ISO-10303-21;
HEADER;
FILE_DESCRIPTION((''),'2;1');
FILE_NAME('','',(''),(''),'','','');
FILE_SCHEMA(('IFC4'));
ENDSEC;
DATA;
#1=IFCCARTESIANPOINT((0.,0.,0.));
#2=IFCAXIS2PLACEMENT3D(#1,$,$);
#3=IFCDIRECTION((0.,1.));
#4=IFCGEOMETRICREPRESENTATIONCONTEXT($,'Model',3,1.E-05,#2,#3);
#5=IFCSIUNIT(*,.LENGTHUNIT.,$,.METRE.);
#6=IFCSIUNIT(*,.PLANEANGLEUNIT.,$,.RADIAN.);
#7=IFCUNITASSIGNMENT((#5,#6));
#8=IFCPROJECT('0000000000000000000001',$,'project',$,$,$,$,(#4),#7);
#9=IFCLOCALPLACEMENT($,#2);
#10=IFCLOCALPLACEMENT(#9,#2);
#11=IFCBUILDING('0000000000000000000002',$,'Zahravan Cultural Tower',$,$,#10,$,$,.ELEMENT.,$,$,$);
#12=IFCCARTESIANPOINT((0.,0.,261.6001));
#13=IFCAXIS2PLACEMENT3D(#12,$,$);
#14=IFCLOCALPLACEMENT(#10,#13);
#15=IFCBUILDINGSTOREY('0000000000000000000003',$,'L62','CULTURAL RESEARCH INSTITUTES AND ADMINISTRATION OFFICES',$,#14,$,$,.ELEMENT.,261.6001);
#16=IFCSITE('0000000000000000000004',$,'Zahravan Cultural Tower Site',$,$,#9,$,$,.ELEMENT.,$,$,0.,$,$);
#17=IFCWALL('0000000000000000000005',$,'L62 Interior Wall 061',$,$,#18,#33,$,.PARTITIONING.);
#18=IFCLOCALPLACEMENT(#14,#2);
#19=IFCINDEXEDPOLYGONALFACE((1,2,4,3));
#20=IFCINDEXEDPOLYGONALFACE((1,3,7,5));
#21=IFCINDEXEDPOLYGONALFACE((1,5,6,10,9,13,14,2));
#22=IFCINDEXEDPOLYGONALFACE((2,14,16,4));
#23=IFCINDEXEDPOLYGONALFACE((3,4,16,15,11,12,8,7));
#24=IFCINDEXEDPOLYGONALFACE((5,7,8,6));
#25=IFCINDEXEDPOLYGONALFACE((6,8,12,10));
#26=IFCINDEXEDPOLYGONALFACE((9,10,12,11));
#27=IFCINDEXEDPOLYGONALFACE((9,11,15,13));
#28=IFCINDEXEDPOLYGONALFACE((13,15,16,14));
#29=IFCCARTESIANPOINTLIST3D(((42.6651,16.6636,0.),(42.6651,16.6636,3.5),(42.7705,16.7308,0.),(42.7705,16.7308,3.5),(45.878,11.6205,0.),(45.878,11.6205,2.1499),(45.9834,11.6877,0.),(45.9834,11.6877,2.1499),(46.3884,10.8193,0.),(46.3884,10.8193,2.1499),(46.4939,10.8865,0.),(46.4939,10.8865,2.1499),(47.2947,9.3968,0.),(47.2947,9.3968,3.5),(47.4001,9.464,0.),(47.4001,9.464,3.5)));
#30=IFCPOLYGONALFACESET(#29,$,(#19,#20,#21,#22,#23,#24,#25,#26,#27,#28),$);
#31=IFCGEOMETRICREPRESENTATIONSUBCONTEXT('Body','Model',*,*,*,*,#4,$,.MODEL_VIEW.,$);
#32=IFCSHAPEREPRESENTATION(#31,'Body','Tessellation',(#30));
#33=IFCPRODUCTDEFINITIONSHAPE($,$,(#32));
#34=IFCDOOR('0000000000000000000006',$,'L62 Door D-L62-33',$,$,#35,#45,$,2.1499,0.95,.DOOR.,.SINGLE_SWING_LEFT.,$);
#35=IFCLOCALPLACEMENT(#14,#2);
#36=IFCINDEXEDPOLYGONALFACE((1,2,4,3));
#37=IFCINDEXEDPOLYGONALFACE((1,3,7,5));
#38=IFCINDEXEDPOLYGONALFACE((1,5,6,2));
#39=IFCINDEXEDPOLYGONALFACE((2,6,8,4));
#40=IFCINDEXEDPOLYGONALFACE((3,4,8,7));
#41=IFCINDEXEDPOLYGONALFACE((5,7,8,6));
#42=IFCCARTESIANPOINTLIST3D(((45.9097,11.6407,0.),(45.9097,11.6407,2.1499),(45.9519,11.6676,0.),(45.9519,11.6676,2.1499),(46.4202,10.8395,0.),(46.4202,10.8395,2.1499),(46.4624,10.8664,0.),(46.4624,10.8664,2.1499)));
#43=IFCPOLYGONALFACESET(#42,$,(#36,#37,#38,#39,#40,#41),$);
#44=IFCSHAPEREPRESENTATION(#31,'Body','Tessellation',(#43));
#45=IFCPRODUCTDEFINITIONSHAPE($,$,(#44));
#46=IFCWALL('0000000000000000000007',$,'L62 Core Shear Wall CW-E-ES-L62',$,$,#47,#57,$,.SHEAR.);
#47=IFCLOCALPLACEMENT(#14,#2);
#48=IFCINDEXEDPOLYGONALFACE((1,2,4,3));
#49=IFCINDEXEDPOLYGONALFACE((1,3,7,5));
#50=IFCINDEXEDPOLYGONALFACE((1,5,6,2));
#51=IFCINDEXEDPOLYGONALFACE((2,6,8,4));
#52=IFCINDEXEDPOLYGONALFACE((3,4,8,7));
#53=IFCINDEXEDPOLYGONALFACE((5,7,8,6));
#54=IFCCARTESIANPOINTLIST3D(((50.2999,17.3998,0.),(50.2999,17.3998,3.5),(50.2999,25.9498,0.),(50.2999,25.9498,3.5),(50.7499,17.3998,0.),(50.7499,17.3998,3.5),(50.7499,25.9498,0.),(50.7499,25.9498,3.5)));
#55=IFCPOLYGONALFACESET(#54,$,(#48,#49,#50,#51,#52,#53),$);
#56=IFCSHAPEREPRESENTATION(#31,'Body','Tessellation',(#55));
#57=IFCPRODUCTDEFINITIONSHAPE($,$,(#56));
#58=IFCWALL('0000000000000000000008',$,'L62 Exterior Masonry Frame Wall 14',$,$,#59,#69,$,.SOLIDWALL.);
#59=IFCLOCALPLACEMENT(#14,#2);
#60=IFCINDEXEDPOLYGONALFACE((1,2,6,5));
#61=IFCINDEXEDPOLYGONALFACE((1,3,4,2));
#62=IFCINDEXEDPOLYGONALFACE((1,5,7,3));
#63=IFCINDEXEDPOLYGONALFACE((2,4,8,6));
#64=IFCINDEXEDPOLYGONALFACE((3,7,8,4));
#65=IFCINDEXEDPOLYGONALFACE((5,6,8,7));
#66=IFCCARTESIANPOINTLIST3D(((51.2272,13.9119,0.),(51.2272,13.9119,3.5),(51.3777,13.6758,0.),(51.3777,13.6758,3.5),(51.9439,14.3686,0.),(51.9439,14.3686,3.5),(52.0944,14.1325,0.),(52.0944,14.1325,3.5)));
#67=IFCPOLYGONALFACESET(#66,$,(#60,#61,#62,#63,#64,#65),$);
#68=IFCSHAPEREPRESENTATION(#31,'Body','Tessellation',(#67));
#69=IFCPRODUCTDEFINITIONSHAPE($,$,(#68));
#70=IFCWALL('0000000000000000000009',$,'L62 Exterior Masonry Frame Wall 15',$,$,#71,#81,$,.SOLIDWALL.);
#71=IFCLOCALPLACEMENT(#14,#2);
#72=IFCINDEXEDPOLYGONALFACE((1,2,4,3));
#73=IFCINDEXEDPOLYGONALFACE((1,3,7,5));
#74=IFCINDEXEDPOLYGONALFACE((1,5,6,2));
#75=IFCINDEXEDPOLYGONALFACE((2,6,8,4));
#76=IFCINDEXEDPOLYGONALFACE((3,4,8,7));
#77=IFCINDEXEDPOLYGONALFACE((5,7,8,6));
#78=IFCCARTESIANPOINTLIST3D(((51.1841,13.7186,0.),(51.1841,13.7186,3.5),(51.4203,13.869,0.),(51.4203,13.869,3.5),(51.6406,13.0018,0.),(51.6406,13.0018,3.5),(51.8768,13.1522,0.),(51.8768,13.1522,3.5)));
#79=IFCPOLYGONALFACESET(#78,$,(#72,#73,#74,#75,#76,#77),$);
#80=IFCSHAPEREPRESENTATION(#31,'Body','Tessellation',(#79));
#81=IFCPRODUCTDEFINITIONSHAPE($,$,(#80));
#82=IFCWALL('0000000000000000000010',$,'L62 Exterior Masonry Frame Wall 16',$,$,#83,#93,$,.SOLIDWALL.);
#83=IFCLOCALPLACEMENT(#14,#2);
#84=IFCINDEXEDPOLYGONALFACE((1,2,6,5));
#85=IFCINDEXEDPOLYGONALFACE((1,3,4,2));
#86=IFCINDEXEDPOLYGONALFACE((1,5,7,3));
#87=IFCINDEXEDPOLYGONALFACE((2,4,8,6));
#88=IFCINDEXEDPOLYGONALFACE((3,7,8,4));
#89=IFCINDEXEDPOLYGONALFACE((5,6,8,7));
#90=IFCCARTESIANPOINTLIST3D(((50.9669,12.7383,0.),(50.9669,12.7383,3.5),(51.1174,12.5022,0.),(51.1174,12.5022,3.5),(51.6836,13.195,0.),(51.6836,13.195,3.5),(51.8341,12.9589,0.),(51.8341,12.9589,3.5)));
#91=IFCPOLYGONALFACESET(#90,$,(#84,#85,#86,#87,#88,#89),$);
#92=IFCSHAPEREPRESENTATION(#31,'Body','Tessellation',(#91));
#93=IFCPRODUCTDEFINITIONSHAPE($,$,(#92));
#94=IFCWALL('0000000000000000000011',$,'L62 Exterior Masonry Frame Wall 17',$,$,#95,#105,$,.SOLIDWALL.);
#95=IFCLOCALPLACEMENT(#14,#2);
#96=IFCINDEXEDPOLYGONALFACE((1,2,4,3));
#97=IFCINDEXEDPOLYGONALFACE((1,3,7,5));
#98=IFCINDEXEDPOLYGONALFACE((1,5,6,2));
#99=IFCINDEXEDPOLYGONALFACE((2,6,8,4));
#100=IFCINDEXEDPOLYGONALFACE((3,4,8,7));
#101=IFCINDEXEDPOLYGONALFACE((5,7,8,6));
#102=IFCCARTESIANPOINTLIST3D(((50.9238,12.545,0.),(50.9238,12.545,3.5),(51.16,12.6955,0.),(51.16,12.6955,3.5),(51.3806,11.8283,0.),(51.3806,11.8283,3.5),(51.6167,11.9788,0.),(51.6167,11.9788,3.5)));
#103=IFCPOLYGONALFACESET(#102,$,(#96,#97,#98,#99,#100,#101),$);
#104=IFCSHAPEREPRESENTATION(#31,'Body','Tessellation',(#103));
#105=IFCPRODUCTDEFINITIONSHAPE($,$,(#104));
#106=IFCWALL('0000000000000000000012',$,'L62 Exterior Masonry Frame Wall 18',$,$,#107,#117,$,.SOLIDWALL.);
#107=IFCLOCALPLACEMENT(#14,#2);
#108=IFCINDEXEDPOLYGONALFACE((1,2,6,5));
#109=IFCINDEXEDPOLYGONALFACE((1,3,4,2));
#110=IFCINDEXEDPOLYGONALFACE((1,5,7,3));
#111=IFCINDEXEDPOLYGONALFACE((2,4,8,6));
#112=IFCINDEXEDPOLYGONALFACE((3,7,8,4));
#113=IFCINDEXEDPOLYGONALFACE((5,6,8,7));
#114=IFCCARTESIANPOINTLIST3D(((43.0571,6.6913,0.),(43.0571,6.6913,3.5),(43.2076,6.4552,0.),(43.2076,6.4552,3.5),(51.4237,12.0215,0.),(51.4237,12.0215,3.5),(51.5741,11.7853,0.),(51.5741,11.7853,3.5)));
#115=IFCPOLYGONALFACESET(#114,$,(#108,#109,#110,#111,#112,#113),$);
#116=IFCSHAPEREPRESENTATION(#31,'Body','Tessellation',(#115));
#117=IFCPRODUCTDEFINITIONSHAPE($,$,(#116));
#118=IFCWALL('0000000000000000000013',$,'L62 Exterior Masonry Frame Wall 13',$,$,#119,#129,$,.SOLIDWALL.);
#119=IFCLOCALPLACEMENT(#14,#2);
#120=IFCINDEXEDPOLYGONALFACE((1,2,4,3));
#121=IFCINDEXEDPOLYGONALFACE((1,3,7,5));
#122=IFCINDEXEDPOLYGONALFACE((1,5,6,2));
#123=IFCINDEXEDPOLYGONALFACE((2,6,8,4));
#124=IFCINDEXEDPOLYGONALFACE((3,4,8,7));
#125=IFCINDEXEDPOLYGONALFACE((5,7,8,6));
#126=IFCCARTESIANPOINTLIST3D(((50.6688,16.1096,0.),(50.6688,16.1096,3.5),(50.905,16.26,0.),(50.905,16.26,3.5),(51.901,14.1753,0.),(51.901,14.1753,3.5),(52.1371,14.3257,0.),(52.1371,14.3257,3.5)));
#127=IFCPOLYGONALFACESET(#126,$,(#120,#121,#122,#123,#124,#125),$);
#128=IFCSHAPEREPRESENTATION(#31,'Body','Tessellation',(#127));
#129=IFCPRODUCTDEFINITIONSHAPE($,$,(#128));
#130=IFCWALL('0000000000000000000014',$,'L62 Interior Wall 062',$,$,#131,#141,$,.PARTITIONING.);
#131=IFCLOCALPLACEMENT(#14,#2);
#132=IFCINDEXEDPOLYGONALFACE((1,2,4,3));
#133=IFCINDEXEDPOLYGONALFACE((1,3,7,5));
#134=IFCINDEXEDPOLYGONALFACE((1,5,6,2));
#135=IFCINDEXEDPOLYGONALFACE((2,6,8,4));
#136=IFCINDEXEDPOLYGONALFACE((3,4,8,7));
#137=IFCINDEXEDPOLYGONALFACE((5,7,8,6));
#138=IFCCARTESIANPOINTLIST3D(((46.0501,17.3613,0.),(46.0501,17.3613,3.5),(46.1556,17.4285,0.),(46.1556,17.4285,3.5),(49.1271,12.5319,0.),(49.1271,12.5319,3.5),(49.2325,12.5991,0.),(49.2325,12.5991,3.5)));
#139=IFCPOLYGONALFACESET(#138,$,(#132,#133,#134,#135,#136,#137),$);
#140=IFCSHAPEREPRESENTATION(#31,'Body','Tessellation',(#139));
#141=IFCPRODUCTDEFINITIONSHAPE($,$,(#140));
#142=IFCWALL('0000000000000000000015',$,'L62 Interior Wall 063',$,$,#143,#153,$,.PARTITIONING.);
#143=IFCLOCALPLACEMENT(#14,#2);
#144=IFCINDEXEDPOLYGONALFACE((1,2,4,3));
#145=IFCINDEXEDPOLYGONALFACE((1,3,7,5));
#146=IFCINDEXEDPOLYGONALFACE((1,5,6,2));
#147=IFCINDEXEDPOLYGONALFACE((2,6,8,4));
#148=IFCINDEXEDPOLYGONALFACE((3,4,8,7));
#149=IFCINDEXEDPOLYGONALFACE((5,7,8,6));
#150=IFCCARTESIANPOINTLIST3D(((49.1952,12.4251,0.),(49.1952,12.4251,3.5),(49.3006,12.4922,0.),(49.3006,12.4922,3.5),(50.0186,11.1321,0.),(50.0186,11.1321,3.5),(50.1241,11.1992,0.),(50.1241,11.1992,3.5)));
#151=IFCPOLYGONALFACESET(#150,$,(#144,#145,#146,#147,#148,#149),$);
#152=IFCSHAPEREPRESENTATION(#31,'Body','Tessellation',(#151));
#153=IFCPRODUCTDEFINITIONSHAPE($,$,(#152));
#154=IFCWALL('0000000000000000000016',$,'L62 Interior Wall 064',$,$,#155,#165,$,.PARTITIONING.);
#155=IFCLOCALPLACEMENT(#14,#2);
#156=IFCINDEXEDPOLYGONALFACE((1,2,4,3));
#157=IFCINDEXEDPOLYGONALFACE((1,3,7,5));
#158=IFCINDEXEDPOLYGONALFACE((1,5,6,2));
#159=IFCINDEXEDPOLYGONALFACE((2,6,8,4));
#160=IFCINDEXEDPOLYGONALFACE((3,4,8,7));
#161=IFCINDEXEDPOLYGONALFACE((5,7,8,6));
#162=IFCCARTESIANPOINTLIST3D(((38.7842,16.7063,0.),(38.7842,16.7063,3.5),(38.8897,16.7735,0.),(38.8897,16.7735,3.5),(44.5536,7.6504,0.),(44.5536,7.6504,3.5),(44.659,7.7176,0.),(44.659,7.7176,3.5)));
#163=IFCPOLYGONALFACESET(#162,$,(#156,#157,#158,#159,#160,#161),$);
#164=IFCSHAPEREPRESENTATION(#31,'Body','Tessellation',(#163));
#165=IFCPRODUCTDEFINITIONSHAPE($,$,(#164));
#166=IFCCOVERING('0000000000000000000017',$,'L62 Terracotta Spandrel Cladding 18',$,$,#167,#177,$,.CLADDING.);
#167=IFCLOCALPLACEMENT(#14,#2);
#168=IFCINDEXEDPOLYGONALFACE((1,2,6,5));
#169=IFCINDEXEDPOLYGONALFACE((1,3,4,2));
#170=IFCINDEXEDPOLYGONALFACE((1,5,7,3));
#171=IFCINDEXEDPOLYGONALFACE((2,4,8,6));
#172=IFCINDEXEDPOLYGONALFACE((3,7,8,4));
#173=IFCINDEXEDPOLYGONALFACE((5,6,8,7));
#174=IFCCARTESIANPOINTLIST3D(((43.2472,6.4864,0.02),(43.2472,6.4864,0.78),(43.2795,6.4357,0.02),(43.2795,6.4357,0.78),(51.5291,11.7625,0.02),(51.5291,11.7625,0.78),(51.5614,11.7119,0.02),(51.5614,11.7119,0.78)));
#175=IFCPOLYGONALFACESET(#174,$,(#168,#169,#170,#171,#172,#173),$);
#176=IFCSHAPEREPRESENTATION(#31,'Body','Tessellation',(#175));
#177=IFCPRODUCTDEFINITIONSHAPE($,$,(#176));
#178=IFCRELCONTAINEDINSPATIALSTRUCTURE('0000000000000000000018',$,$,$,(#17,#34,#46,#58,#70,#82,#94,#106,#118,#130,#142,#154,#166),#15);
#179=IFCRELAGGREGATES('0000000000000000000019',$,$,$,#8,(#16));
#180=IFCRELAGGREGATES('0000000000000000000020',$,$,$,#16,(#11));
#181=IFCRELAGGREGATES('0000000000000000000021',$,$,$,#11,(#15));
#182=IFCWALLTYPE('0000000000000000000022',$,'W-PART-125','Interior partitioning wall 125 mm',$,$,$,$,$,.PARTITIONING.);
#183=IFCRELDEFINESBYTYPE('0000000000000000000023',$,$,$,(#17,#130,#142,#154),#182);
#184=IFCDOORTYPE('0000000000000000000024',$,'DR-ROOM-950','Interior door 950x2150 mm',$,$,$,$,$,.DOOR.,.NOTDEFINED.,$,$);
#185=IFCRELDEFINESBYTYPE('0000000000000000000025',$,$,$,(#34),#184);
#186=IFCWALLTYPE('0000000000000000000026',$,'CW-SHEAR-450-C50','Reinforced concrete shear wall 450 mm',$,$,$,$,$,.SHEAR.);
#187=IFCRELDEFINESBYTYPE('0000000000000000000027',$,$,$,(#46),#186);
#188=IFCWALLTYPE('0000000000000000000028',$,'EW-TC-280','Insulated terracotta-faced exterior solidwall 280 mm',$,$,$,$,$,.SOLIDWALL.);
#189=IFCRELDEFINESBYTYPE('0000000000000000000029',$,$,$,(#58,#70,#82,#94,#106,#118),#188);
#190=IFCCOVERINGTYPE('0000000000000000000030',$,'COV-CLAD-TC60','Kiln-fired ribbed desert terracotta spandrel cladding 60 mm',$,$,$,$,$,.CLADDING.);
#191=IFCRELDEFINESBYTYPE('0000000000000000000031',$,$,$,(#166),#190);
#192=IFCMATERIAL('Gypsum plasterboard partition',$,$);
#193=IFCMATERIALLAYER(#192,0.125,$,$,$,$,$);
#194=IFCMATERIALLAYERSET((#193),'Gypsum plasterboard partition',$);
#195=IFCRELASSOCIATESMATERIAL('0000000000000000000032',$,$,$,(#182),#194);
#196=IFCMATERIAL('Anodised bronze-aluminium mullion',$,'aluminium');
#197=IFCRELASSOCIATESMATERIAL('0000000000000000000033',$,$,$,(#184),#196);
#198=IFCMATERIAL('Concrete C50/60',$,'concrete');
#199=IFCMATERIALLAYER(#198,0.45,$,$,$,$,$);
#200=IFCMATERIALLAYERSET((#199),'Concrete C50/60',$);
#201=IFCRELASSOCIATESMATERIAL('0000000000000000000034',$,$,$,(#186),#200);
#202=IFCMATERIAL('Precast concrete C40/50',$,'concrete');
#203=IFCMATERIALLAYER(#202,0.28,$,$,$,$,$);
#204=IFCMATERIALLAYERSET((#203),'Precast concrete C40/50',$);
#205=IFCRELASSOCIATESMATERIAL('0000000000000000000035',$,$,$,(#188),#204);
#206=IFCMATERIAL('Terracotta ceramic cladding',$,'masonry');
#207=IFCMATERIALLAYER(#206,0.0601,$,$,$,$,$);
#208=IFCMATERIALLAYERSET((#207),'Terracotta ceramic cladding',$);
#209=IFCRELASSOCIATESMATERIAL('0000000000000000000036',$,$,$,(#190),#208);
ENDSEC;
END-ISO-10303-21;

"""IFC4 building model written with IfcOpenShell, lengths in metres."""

from ifc_helpers import new_model, si_unit, direction, frame, frame_2d, origin, origin_2d, place, context, subcontext, project, spatial, rectangle, extrude, source, transform, mapped, material, layer, layer_set, type_object, element, fill, save


model = new_model("IFC4")

# Units and contexts
model_context = context("Model", 3, precision=1e-05, world=origin(), true_north=direction((0.0, 1.0)))
body_context = subcontext(model_context, "Body", "Model", "MODEL_VIEW")
ifc_project = project(units=[si_unit("LENGTHUNIT", "METRE"), si_unit("PLANEANGLEUNIT", "RADIAN")], contexts=[model_context])

# Site, building, storey
site_placement = place(None, origin())
site = spatial("IfcSite", under=ifc_project, at=site_placement, Name="Zahravan Cultural Tower Site", CompositionType="ELEMENT", RefElevation=0.0)
building_placement = place(site_placement, origin())
building = spatial("IfcBuilding", under=site, at=building_placement, Name="Zahravan Cultural Tower", CompositionType="ELEMENT")
storey_placement = place(building_placement, frame((0.0, 0.0, 261.6001)))
storey = spatial("IfcBuildingStorey", under=building, at=storey_placement, Name="L62", Description="CULTURAL RESEARCH INSTITUTES AND ADMINISTRATION OFFICES", CompositionType="ELEMENT", Elevation=261.6001)

# Shared definitions
ifc_material_1 = material(Name="Concrete C50/60", Category="concrete")

# Wall, opening, door
ifc_material_2 = material(Name="Gypsum plasterboard partition")
ifc_layer_1 = layer(ifc_material_2, 0.125)
ifc_layer_set_1 = layer_set([ifc_layer_1], Name="Gypsum plasterboard partition")
wall_type_1 = type_object("IfcWallType", Name="W-PART-125", Description="Interior partitioning wall 125 mm", PredefinedType="PARTITIONING", material=ifc_layer_set_1)
wall_1_placement = place(storey_placement, frame((47.3474, 9.4304, 0.0), z_axis=(0.0, 0.0, 1.0), x_axis=(-0.537312, 0.843384, 0.0)))
wall_1 = element("IfcWall", 1, at=wall_1_placement, inside=storey, type_object=wall_type_1, Name="L62 Interior Wall 061", PredefinedType="PARTITIONING", context=body_context, shape_type="SweptSolid", body=[
    extrude(rectangle(XDim=8.6162, YDim=0.125, at=frame_2d((4.3081, 0.0))), origin(), (0.0, 0.0, 1.0), 3.5),
])
opening_placement = place(wall_1_placement, frame((1.6865, 0.0, 0.0)))
opening = element("IfcOpeningElement", 2, at=opening_placement, cuts=wall_1, PredefinedType="OPENING", context=body_context, shape_type="SweptSolid", body=[
    extrude(rectangle(XDim=0.95, YDim=2.1499, at=frame_2d((0.4751, 1.075))), frame((0.0, 0.0725, 0.0), z_axis=(0.0, -1.0, 0.0), x_axis=(1.0, 0.0, 0.0)), (0.0, 0.0, 1.0), 0.145),
])
ifc_material_3 = material(Name="Anodised bronze-aluminium mullion", Category="aluminium")
door_type = type_object("IfcDoorType", Name="DR-ROOM-950", Description="Interior door 950x2150 mm", OperationType="NOTDEFINED", PredefinedType="DOOR", material=ifc_material_3)
shared_shape_1 = source(origin(), body_context, "Body", "SweptSolid", [
    extrude(rectangle(XDim=0.95, YDim=2.1499, at=frame_2d((0.4751, 1.075))), frame((0.0, 0.0249, 0.0), z_axis=(0.0, -1.0, 0.0), x_axis=(1.0, 0.0, 0.0)), (0.0, 0.0, 1.0), 0.05),
])
door_placement = place(opening_placement, origin())
door = element("IfcDoor", 3, at=door_placement, inside=storey, type_object=door_type, Name="L62 Door D-L62-33", OperationType="SINGLE_SWING_LEFT", OverallHeight=2.1499, OverallWidth=0.95, PredefinedType="DOOR", context=body_context, shape_type="MappedRepresentation", body=[
    mapped(shared_shape_1, transform((0.0, 0.0, 0.0), x_axis=(1.0, 0.0, 0.0), y_axis=(0.0, 1.0, 0.0), z_axis=(0.0, 0.0, 1.0), scale=1.0)),
])
fill(opening, door)

# Walls
ifc_layer_2 = layer(ifc_material_1, 0.45)
ifc_layer_set_2 = layer_set([ifc_layer_2], Name="Concrete C50/60")
wall_type_2 = type_object("IfcWallType", Name="CW-SHEAR-450-C50", Description="Reinforced concrete shear wall 450 mm", PredefinedType="SHEAR", material=ifc_layer_set_2)
shared_shape_2 = source(origin(), body_context, "Body", "SweptSolid", [
    extrude(rectangle(XDim=8.55, YDim=0.45, at=frame_2d((4.2749, 0.0))), origin(), (0.0, 0.0, 1.0), 3.5),
])
wall_2_placement = place(storey_placement, frame((50.5249, 17.3999, 0.0), z_axis=(0.0, 0.0, 1.0), x_axis=(0.0, 1.0, 0.0)))
element("IfcWall", 4, at=wall_2_placement, inside=storey, type_object=wall_type_2, Name="L62 Core Shear Wall CW-E-ES-L62", PredefinedType="SHEAR", context=body_context, shape_type="MappedRepresentation", body=[
    mapped(shared_shape_2, transform((0.0, 0.0, 0.0), x_axis=(1.0, 0.0, 0.0), y_axis=(0.0, 1.0, 0.0), z_axis=(0.0, 0.0, 1.0), scale=1.0)),
])
ifc_material_4 = material(Name="Precast concrete C40/50", Category="concrete")
ifc_layer_3 = layer(ifc_material_4, 0.28)
ifc_layer_set_3 = layer_set([ifc_layer_3], Name="Precast concrete C40/50")
wall_type_3 = type_object("IfcWallType", Name="EW-TC-280", Description="Insulated terracotta-faced exterior solidwall 280 mm", PredefinedType="SOLIDWALL", material=ifc_layer_set_3)
shared_shape_3 = source(origin(), body_context, "Body", "SweptSolid", [
    extrude(rectangle(XDim=0.8499, YDim=0.28, at=frame_2d((0.4248, 0.0))), origin(), (0.0, 0.0, 1.0), 3.5),
])
for number, where, z_axis, x_axis, name in (
    (5, (52.019, 14.2505, 0.0), (0.0, 0.0, 1.0), (-0.843318, -0.537414, 0.0), "L62 Exterior Masonry Frame Wall 14"),
    (6, (51.3022, 13.7937, 0.0), (0.0, 0.0, 1.0), (0.53721, -0.843448, 0.0), "L62 Exterior Masonry Frame Wall 15"),
    (7, (51.7588, 13.0769, 0.0), (0.0, 0.0, 1.0), (-0.843318, -0.537414, 0.0), "L62 Exterior Masonry Frame Wall 16"),
    (8, (51.042, 12.6201, 0.0), (0.0, 0.0, 1.0), (0.537414, -0.843318, 0.0), "L62 Exterior Masonry Frame Wall 17"),
):
    element("IfcWall", number, at=place(storey_placement, frame(where, z_axis=z_axis, x_axis=x_axis)), inside=storey, type_object=wall_type_3, Name=name, PredefinedType="SOLIDWALL", context=body_context, shape_type="MappedRepresentation", body=[
        mapped(shared_shape_3, transform((0.0, 0.0, 0.0), x_axis=(1.0, 0.0, 0.0), y_axis=(0.0, 1.0, 0.0), z_axis=(0.0, 0.0, 1.0), scale=1.0)),
    ])
shared_shape_4 = source(origin(), body_context, "Body", "SweptSolid", [
    extrude(rectangle(XDim=9.9202, YDim=0.28, at=frame_2d((4.96, 0.0))), origin(), (0.0, 0.0, 1.0), 3.5),
])
wall_3_placement = place(storey_placement, frame((51.4988, 11.9033, 0.0), z_axis=(0.0, 0.0, 1.0), x_axis=(-0.843389, -0.537304, 0.0)))
element("IfcWall", 9, at=wall_3_placement, inside=storey, type_object=wall_type_3, Name="L62 Exterior Masonry Frame Wall 18", PredefinedType="SOLIDWALL", context=body_context, shape_type="MappedRepresentation", body=[
    mapped(shared_shape_4, transform((0.0, 0.0, 0.0), x_axis=(1.0, 0.0, 0.0), y_axis=(0.0, 1.0, 0.0), z_axis=(0.0, 0.0, 1.0), scale=1.0)),
])
shared_shape_5 = source(origin(), body_context, "Body", "SweptSolid", [
    extrude(rectangle(XDim=2.2935, YDim=0.28, at=frame_2d((1.1467, 0.0))), origin(), (0.0, 0.0, 1.0), 3.5),
])
wall_4_placement = place(storey_placement, frame((50.7869, 16.1848, 0.0), z_axis=(0.0, 0.0, 1.0), x_axis=(0.537261, -0.843416, 0.0)))
element("IfcWall", 10, at=wall_4_placement, inside=storey, type_object=wall_type_3, Name="L62 Exterior Masonry Frame Wall 13", PredefinedType="SOLIDWALL", context=body_context, shape_type="MappedRepresentation", body=[
    mapped(shared_shape_5, transform((0.0, 0.0, 0.0), x_axis=(1.0, 0.0, 0.0), y_axis=(0.0, 1.0, 0.0), z_axis=(0.0, 0.0, 1.0), scale=1.0)),
])
shared_shape_6 = source(origin(), body_context, "Body", "SweptSolid", [
    extrude(rectangle(XDim=5.7263, YDim=0.125, at=frame_2d((2.8633, 0.0))), origin(), (0.0, 0.0, 1.0), 3.5),
])
wall_5_placement = place(storey_placement, frame((46.1028, 17.395, 0.0), z_axis=(0.0, 0.0, 1.0), x_axis=(0.537333, -0.84337, 0.0)))
element("IfcWall", 11, at=wall_5_placement, inside=storey, type_object=wall_type_1, Name="L62 Interior Wall 062", PredefinedType="PARTITIONING", context=body_context, shape_type="MappedRepresentation", body=[
    mapped(shared_shape_6, transform((0.0, 0.0, 0.0), x_axis=(1.0, 0.0, 0.0), y_axis=(0.0, 1.0, 0.0), z_axis=(0.0, 0.0, 1.0), scale=1.0)),
])
shared_shape_7 = source(origin(), body_context, "Body", "SweptSolid", [
    extrude(rectangle(XDim=1.533, YDim=0.125, at=frame_2d((0.7666, 0.0))), origin(), (0.0, 0.0, 1.0), 3.5),
])
wall_6_placement = place(storey_placement, frame((49.2478, 12.4587, 0.0), z_axis=(0.0, 0.0, 1.0), x_axis=(0.537195, -0.843458, 0.0)))
element("IfcWall", 12, at=wall_6_placement, inside=storey, type_object=wall_type_1, Name="L62 Interior Wall 063", PredefinedType="PARTITIONING", context=body_context, shape_type="MappedRepresentation", body=[
    mapped(shared_shape_7, transform((0.0, 0.0, 0.0), x_axis=(1.0, 0.0, 0.0), y_axis=(0.0, 1.0, 0.0), z_axis=(0.0, 0.0, 1.0), scale=1.0)),
])
shared_shape_8 = source(origin(), body_context, "Body", "SweptSolid", [
    extrude(rectangle(XDim=10.7375, YDim=0.125, at=frame_2d((5.3687, 0.0))), origin(), (0.0, 0.0, 1.0), 3.5),
])
wall_7_placement = place(storey_placement, frame((44.6062, 7.6841, 0.0), z_axis=(0.0, 0.0, 1.0), x_axis=(-0.537302, 0.84339, 0.0)))
element("IfcWall", 13, at=wall_7_placement, inside=storey, type_object=wall_type_1, Name="L62 Interior Wall 064", PredefinedType="PARTITIONING", context=body_context, shape_type="MappedRepresentation", body=[
    mapped(shared_shape_8, transform((0.0, 0.0, 0.0), x_axis=(1.0, 0.0, 0.0), y_axis=(0.0, 1.0, 0.0), z_axis=(0.0, 0.0, 1.0), scale=1.0)),
])

# Covering
ifc_material_5 = material(Name="Terracotta ceramic cladding", Category="masonry")
ifc_layer_4 = layer(ifc_material_5, 0.0601)
ifc_layer_set_4 = layer_set([ifc_layer_4], Name="Terracotta ceramic cladding")
covering_type = type_object("IfcCoveringType", Name="COV-CLAD-TC60", Description="Kiln-fired ribbed desert terracotta spandrel cladding 60 mm", PredefinedType="CLADDING", material=ifc_layer_set_4)
shared_shape_9 = source(origin(), body_context, "Body", "SweptSolid", [
    extrude(rectangle(XDim=9.8198, YDim=0.0601, at=origin_2d()), origin(), (0.0, 0.0, 1.0), 0.76),
])
covering_1_placement = place(storey_placement, frame((47.4043, 9.0991, 0.02), z_axis=(0.0, 0.0, 1.0), x_axis=(-0.843391, -0.5373, 0.0)))
element("IfcCovering", 14, at=covering_1_placement, inside=storey, type_object=covering_type, Name="L62 Terracotta Spandrel Cladding 18", PredefinedType="CLADDING", context=body_context, shape_type="MappedRepresentation", body=[
    mapped(shared_shape_9, transform((0.0, 0.0, 0.0), x_axis=(1.0, 0.0, 0.0), y_axis=(0.0, 1.0, 0.0), z_axis=(0.0, 0.0, 1.0), scale=1.0)),
])

save(model, "model.ifc")
